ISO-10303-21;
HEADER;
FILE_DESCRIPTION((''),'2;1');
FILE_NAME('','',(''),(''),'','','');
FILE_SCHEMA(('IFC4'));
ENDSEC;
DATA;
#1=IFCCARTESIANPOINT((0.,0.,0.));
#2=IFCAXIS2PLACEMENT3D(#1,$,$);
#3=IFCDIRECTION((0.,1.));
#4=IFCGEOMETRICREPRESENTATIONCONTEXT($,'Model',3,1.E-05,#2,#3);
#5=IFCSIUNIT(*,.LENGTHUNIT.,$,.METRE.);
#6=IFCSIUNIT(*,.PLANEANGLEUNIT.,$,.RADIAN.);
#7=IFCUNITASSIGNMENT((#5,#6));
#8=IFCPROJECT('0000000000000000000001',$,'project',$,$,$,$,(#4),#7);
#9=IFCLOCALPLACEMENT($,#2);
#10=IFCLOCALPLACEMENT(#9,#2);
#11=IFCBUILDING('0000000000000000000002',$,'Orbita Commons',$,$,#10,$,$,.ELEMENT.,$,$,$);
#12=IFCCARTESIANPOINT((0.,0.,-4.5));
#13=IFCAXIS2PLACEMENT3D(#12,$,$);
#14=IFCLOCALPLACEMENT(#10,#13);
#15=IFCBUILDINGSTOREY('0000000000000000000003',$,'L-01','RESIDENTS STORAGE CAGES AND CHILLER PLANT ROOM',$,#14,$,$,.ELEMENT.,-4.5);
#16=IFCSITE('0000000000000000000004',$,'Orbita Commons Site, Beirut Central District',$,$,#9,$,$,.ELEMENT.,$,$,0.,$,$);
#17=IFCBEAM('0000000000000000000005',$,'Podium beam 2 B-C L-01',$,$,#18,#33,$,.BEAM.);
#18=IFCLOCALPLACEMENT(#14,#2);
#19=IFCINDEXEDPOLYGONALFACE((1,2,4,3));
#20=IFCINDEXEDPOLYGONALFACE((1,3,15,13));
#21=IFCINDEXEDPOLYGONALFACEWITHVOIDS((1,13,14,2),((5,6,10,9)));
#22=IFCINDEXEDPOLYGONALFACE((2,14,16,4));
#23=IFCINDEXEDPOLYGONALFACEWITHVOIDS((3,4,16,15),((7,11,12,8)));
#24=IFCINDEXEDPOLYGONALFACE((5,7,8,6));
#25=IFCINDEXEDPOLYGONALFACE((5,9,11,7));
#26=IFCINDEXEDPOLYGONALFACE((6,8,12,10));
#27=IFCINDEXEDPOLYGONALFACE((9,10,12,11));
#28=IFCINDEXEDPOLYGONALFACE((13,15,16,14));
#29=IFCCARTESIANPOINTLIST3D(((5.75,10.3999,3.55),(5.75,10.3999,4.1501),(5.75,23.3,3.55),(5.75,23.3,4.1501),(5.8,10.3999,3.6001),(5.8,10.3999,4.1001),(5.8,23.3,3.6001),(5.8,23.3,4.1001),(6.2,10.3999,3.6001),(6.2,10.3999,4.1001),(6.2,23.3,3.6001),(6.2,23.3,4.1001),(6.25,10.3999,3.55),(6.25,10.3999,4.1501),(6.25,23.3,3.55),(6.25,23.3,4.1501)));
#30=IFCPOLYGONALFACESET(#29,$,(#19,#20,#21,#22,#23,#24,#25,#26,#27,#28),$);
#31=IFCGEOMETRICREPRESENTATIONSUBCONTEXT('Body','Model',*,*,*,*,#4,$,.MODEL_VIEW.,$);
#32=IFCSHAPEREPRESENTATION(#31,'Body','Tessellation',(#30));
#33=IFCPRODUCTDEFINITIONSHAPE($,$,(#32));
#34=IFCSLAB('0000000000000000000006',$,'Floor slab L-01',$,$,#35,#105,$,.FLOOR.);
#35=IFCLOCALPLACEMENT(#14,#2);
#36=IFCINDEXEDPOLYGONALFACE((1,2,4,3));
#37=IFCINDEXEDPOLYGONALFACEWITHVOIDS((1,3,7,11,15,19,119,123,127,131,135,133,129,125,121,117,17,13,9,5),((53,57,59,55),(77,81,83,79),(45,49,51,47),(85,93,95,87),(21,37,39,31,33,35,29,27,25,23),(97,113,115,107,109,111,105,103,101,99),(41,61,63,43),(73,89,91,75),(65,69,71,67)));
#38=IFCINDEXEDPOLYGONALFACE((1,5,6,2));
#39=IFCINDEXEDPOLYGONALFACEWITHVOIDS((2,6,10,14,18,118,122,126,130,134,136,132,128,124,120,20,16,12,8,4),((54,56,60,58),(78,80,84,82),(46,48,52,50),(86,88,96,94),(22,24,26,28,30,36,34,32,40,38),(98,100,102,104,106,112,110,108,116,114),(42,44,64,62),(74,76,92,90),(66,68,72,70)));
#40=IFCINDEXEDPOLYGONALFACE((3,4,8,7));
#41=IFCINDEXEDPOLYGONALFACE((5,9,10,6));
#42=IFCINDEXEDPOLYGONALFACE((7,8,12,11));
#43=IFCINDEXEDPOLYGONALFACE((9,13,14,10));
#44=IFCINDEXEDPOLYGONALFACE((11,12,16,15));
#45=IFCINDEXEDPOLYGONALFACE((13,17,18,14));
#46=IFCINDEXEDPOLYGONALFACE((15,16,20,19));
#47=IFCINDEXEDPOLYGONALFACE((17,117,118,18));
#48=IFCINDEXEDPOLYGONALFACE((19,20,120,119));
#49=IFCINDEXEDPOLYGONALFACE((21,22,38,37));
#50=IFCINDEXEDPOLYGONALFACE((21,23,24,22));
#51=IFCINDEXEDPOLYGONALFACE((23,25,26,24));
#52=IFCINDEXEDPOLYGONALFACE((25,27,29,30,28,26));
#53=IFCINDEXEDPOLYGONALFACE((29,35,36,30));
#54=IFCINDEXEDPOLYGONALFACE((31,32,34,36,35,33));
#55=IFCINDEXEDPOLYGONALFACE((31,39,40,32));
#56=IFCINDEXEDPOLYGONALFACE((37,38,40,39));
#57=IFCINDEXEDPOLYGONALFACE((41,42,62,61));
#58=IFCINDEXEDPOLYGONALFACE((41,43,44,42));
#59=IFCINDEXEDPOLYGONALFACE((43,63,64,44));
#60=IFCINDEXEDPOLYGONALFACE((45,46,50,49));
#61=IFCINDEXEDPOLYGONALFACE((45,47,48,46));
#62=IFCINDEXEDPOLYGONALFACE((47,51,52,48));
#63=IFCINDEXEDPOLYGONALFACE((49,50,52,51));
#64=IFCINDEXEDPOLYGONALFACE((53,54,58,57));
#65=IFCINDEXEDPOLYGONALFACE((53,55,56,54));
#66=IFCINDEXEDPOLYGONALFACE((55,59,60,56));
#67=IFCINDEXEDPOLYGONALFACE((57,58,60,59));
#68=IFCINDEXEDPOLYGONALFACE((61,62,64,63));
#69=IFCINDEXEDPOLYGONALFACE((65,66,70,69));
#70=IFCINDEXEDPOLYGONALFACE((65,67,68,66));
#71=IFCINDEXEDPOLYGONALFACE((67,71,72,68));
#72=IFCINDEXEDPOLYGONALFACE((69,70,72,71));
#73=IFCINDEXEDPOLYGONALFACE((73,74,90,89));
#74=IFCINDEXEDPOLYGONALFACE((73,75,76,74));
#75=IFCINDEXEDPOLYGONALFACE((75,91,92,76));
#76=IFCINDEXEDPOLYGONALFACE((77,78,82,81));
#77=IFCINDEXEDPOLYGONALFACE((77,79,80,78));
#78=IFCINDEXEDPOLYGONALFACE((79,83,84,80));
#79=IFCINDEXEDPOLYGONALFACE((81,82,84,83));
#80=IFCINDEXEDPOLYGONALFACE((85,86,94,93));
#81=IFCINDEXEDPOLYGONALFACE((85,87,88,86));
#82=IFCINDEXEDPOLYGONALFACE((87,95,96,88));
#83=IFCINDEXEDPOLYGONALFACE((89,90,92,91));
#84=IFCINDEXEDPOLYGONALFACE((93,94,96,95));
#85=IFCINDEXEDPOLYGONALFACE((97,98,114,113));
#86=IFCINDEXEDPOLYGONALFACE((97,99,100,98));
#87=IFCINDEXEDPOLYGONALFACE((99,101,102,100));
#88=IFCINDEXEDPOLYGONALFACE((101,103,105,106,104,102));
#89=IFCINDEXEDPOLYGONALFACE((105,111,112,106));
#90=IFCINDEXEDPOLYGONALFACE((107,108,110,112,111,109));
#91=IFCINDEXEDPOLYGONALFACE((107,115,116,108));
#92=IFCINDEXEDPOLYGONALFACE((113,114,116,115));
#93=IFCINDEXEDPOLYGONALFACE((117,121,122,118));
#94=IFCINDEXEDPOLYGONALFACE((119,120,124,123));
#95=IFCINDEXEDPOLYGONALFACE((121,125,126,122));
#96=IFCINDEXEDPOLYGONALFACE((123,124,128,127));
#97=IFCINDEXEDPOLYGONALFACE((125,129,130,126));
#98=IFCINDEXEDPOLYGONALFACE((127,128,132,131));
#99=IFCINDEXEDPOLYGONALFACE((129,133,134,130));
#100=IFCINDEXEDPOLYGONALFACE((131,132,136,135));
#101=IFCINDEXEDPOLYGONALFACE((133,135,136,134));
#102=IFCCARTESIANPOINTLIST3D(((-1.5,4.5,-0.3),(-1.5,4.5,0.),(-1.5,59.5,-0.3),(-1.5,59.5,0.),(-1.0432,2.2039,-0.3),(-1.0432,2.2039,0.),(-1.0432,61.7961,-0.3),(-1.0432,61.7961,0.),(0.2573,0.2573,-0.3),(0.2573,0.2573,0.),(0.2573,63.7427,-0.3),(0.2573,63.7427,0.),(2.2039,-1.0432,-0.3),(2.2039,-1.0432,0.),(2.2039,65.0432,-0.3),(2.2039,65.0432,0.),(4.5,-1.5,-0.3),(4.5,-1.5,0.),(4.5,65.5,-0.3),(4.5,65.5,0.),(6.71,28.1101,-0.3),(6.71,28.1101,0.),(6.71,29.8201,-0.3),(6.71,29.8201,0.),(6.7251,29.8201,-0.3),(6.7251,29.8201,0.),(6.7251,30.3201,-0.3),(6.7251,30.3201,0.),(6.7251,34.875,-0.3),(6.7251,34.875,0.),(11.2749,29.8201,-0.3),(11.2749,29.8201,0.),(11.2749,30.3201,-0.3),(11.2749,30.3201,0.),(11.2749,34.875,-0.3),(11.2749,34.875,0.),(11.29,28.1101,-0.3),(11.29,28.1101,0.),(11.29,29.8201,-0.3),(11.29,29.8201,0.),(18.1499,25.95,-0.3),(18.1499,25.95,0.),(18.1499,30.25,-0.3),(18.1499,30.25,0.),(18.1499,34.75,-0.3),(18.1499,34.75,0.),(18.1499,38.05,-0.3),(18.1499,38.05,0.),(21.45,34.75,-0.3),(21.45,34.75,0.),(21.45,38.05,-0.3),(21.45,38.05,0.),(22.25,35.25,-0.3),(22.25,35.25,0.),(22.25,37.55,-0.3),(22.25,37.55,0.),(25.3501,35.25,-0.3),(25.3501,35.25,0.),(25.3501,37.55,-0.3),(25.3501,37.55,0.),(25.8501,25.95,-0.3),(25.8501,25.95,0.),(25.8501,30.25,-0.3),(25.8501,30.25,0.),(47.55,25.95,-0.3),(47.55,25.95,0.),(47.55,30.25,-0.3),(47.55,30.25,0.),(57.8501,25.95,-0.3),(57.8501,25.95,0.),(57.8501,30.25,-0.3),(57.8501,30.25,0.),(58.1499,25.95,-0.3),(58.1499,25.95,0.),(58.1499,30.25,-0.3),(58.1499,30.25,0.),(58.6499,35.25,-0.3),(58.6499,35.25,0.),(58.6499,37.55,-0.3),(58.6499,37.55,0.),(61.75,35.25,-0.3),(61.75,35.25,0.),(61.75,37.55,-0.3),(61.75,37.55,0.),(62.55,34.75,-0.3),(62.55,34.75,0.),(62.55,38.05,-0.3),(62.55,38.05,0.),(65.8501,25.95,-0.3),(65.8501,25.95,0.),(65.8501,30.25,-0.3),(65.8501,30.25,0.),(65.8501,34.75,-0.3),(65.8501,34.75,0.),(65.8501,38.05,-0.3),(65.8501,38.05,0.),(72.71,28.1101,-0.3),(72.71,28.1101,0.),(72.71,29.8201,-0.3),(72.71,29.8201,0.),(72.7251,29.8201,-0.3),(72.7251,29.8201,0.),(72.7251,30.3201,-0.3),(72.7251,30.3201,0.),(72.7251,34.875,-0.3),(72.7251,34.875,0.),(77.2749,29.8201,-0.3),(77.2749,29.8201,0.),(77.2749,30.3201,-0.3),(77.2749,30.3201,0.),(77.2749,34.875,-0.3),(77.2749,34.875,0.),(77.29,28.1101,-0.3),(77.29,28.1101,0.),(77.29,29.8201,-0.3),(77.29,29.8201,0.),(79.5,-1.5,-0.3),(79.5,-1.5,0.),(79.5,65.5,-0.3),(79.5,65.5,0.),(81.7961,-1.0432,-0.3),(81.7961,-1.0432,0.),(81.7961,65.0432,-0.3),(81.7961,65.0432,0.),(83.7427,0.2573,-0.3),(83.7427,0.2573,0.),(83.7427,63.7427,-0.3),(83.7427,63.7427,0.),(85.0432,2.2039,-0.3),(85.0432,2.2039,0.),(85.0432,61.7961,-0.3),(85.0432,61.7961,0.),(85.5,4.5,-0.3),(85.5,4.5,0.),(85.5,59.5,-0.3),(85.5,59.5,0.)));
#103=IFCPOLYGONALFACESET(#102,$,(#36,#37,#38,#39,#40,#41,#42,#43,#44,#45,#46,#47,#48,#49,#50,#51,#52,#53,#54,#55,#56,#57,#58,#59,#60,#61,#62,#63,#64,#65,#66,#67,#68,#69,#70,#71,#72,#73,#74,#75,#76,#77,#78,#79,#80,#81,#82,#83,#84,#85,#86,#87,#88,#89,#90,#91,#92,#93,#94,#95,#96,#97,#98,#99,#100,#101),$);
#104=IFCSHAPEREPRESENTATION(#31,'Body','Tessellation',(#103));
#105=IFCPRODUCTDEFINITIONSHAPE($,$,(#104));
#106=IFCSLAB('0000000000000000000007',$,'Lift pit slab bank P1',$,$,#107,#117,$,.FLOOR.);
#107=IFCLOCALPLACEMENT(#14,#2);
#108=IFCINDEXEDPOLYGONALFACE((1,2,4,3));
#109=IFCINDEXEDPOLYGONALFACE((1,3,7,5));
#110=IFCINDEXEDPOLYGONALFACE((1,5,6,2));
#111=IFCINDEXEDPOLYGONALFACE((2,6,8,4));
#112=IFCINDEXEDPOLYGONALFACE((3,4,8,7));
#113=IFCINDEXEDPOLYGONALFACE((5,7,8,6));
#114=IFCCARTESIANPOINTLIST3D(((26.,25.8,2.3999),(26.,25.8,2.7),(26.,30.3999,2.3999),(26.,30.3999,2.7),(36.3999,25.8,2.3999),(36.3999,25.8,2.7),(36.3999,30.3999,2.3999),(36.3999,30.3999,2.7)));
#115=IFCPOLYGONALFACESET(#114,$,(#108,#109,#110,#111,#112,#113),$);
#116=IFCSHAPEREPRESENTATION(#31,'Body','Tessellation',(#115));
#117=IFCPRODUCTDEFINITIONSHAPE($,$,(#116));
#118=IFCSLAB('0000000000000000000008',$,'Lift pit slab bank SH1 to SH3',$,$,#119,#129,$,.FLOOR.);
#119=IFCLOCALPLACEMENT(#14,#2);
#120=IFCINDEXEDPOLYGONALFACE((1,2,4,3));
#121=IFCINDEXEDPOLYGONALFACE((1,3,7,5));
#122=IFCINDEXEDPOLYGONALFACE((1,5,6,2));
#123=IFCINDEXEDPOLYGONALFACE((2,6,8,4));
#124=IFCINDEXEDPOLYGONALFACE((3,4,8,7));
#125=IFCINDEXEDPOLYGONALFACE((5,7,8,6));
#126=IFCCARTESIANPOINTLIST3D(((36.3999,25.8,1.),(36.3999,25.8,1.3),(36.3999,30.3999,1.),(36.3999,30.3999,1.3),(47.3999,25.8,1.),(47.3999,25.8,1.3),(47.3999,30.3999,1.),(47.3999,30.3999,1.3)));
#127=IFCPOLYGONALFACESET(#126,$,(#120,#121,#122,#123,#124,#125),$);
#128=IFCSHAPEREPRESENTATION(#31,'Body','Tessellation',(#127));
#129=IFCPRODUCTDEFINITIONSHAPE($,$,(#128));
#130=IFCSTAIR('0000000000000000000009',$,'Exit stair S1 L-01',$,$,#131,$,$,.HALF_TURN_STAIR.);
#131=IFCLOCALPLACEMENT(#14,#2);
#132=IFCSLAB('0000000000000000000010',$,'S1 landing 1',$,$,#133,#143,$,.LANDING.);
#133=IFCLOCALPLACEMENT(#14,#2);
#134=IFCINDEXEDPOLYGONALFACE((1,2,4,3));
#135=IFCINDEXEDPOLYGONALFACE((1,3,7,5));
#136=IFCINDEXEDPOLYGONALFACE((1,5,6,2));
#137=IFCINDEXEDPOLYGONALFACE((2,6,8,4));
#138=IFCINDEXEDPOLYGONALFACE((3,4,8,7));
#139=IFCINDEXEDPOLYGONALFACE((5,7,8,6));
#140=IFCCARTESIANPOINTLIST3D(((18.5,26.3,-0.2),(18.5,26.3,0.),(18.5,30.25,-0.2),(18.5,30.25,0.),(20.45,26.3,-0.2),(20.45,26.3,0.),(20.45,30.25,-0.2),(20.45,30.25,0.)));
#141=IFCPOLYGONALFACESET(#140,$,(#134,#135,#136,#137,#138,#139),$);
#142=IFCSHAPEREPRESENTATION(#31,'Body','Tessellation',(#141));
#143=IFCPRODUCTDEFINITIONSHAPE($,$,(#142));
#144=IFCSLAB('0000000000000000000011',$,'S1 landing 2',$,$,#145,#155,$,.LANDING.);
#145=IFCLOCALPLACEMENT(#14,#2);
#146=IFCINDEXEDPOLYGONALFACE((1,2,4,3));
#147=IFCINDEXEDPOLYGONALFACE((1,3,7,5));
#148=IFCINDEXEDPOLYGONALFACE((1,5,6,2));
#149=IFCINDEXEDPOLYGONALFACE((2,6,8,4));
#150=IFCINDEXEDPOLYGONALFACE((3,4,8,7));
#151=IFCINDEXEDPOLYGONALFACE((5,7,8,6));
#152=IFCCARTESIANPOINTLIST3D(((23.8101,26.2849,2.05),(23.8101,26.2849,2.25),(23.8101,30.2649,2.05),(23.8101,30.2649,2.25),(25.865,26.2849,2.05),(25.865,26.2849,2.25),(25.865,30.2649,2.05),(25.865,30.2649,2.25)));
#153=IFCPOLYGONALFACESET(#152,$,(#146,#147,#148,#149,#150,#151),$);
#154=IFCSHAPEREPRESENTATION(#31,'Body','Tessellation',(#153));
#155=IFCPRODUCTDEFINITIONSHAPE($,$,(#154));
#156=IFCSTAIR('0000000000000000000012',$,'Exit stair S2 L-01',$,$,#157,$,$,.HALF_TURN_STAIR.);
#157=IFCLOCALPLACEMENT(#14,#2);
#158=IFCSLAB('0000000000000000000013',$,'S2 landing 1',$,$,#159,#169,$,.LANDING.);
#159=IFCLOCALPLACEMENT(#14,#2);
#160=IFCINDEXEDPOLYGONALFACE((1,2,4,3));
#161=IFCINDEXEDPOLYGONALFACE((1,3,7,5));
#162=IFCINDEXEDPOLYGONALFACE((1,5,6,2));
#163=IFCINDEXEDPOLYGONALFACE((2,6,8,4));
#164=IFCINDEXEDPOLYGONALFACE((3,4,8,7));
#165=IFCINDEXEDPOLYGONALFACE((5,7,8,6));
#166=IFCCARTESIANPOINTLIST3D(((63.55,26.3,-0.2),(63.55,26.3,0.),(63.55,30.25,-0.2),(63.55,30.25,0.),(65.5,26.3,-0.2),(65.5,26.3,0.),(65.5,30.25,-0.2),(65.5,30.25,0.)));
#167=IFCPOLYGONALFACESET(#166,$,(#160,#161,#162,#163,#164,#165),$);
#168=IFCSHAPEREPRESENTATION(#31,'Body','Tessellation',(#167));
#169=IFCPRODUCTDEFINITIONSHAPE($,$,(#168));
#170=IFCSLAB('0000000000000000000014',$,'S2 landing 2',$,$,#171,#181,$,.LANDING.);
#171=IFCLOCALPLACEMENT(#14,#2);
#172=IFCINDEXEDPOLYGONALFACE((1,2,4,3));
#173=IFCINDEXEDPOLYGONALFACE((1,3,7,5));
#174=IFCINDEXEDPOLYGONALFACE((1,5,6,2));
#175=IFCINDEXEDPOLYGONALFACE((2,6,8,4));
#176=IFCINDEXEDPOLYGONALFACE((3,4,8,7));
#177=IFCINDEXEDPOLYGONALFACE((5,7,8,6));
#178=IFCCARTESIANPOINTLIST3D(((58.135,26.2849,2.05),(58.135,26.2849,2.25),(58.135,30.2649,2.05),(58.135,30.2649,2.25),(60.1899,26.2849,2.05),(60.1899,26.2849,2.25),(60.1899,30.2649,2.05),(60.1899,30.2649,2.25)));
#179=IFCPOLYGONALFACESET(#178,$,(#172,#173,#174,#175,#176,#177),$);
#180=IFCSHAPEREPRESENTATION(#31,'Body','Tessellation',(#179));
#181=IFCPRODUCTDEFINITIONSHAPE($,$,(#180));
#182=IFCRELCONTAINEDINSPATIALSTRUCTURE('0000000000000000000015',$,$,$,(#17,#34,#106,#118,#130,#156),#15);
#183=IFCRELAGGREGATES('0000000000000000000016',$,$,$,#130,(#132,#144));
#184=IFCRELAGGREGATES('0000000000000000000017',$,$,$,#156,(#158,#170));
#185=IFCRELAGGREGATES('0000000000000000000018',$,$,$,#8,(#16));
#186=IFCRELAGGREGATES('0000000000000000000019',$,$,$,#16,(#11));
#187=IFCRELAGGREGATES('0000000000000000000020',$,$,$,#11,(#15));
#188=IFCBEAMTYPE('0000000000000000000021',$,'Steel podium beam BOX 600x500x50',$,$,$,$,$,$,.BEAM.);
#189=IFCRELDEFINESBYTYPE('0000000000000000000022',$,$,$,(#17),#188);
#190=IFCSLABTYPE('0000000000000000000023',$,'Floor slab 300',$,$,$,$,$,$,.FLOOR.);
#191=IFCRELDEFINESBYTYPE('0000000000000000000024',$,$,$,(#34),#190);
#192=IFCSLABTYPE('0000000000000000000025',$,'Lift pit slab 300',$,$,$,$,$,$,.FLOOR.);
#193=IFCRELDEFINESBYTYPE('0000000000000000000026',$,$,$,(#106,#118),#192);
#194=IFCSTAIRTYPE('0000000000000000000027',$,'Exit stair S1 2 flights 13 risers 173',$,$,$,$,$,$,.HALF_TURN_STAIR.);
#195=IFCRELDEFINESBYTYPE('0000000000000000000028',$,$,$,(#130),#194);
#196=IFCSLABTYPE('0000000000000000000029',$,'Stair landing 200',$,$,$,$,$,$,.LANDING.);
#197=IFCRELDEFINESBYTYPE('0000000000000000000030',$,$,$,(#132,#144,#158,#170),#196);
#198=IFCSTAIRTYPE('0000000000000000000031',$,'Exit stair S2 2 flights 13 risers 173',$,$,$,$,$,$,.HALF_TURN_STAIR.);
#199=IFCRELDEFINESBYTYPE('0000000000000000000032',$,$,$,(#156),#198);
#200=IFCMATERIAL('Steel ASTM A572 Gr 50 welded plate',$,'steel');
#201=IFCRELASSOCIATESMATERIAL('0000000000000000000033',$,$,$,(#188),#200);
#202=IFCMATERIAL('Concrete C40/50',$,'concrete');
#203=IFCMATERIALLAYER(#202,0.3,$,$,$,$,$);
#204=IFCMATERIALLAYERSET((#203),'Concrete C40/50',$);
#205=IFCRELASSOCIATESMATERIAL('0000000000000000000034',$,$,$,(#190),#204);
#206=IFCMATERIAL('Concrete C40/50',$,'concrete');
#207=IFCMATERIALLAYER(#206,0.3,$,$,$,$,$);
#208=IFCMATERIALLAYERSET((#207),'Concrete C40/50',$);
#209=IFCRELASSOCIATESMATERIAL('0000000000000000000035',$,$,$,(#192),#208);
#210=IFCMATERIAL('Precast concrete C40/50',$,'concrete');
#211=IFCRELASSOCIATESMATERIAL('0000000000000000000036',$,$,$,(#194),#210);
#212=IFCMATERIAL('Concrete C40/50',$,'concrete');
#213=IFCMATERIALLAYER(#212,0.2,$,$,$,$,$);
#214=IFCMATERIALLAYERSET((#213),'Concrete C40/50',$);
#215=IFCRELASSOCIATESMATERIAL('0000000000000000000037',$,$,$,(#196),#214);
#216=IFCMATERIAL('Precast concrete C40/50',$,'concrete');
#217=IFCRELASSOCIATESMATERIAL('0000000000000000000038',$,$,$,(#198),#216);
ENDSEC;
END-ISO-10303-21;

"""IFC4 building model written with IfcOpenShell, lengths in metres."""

from ifc_helpers import new_model, si_unit, direction, frame, origin, origin_2d, place, context, subcontext, project, spatial, polyline, hollow_rectangle, outline, extrude, material, layer, layer_set, material_profile, profile_set, type_object, element, aggregate, save


model = new_model("IFC4")

# Units and contexts
model_context = context("Model", 3, precision=1e-05, world=origin(), true_north=direction((0.0, 1.0)))
body_context = subcontext(model_context, "Body", "Model", "MODEL_VIEW")
ifc_project = project(units=[si_unit("LENGTHUNIT", "METRE"), si_unit("PLANEANGLEUNIT", "RADIAN")], contexts=[model_context])

# Site, building, storey
site_placement = place(None, origin())
site = spatial("IfcSite", under=ifc_project, at=site_placement, Name="Orbita Commons Site, Beirut Central District", CompositionType="ELEMENT", RefElevation=0.0)
building_placement = place(site_placement, origin())
building = spatial("IfcBuilding", under=site, at=building_placement, Name="Orbita Commons", CompositionType="ELEMENT")
storey_placement = place(building_placement, frame((0.0, 0.0, -4.5)))
storey = spatial("IfcBuildingStorey", under=building, at=storey_placement, Name="L-01", Description="RESIDENTS STORAGE CAGES AND CHILLER PLANT ROOM", CompositionType="ELEMENT", Elevation=-4.5)

# Beam
ifc_material_1 = material(Name="Steel ASTM A572 Gr 50 welded plate", Category="steel")
ifc_material_profile_1 = material_profile(ifc_material_1, hollow_rectangle(XDim=0.5, YDim=0.6001, WallThickness=0.05, at=origin_2d()), Name="BOX 600x500x50")
ifc_profile_set_1 = profile_set([ifc_material_profile_1], Name="Steel ASTM A572 Gr 50 welded plate")
beam_type_1 = type_object("IfcBeamType", Name="Steel podium beam BOX 600x500x50", PredefinedType="BEAM", material=ifc_profile_set_1)
beam_1_placement = place(storey_placement, frame((6.0, 10.3999, 3.8501), z_axis=(0.0, 1.0, 0.0), x_axis=(-1.0, 0.0, 0.0)))
element("IfcBeam", 1, at=beam_1_placement, inside=storey, type_object=beam_type_1, Name="Podium beam 2 B-C L-01", PredefinedType="BEAM", context=body_context, shape_type="SweptSolid", body=[
    extrude(hollow_rectangle(XDim=0.5, YDim=0.6001, WallThickness=0.05, at=origin_2d()), origin(), (0.0, 0.0, 1.0), 12.9001),
])

# Slabs
ifc_material_2 = material(Name="Concrete C40/50", Category="concrete")
ifc_layer_1 = layer(ifc_material_2, 0.3)
ifc_layer_set_1 = layer_set([ifc_layer_1], Name="Concrete C40/50")
slab_type_1 = type_object("IfcSlabType", Name="Floor slab 300", PredefinedType="FLOOR", material=ifc_layer_set_1)
slab_1_placement = place(storey_placement, frame((0.0, 0.0, -0.3)))
element("IfcSlab", 2, at=slab_1_placement, inside=storey, type_object=slab_type_1, Name="Floor slab L-01", PredefinedType="FLOOR", context=body_context, shape_type="SweptSolid", body=[
    extrude(outline(polyline([(79.5, -1.5), (81.7961, -1.0432), (83.7427, 0.2573), (85.0432, 2.2039), (85.5, 4.5), (85.5, 59.5), (85.0432, 61.7961), (83.7427, 63.7427), (81.7961, 65.0432), (79.5, 65.5), (4.5, 65.5), (2.2039, 65.0432), (0.2573, 63.7427), (-1.0432, 61.7961), (-1.5, 59.5), (-1.5, 4.5), (-1.0432, 2.2039), (0.2573, 0.2573), (2.2039, -1.0432), (4.5, -1.5), (79.5, -1.5)]), holes=[polyline([(18.1499, 25.95), (25.8501, 25.95), (25.8501, 30.25), (18.1499, 30.25), (18.1499, 25.95)]), polyline([(58.1499, 25.95), (65.8501, 25.95), (65.8501, 30.25), (58.1499, 30.25), (58.1499, 25.95)]), polyline([(18.1499, 34.75), (21.45, 34.75), (21.45, 38.05), (18.1499, 38.05), (18.1499, 34.75)]), polyline([(62.55, 34.75), (65.8501, 34.75), (65.8501, 38.05), (62.55, 38.05), (62.55, 34.75)]), polyline([(22.25, 35.25), (25.3501, 35.25), (25.3501, 37.55), (22.25, 37.55), (22.25, 35.25)]), polyline([(58.6499, 35.25), (61.75, 35.25), (61.75, 37.55), (58.6499, 37.55), (58.6499, 35.25)]), polyline([(47.55, 25.95), (57.8501, 25.95), (57.8501, 30.25), (47.55, 30.25), (47.55, 25.95)]), polyline([(11.29, 28.1101), (6.71, 28.1101), (6.71, 29.8201), (6.7251, 29.8201), (6.7251, 30.3201), (6.7251, 34.875), (11.2749, 34.875), (11.2749, 30.3201), (11.2749, 29.8201), (11.29, 29.8201), (11.29, 28.1101)]), polyline([(77.29, 28.1101), (72.71, 28.1101), (72.71, 29.8201), (72.7251, 29.8201), (72.7251, 30.3201), (72.7251, 34.875), (77.2749, 34.875), (77.2749, 30.3201), (77.2749, 29.8201), (77.29, 29.8201), (77.29, 28.1101)])]), origin(), (0.0, 0.0, 1.0), 0.3),
])
ifc_material_3 = material(Name="Concrete C40/50", Category="concrete")
ifc_layer_2 = layer(ifc_material_3, 0.3)
ifc_layer_set_2 = layer_set([ifc_layer_2], Name="Concrete C40/50")
slab_type_2 = type_object("IfcSlabType", Name="Lift pit slab 300", PredefinedType="FLOOR", material=ifc_layer_set_2)
slab_2_placement = place(storey_placement, frame((0.0, 0.0, 2.3999)))
element("IfcSlab", 3, at=slab_2_placement, inside=storey, type_object=slab_type_2, Name="Lift pit slab bank P1", PredefinedType="FLOOR", context=body_context, shape_type="SweptSolid", body=[
    extrude(outline(polyline([(26.0, 25.8), (36.3999, 25.8), (36.3999, 30.3999), (26.0, 30.3999), (26.0, 25.8)])), origin(), (0.0, 0.0, 1.0), 0.3),
])
slab_3_placement = place(storey_placement, frame((0.0, 0.0, 1.0)))
element("IfcSlab", 4, at=slab_3_placement, inside=storey, type_object=slab_type_2, Name="Lift pit slab bank SH1 to SH3", PredefinedType="FLOOR", context=body_context, shape_type="SweptSolid", body=[
    extrude(outline(polyline([(36.3999, 25.8), (47.3999, 25.8), (47.3999, 30.3999), (36.3999, 30.3999), (36.3999, 25.8)])), origin(), (0.0, 0.0, 1.0), 0.3),
])

# Stairs, slabs
ifc_material_4 = material(Name="Precast concrete C40/50", Category="concrete")
stair_type_1 = type_object("IfcStairType", Name="Exit stair S1 2 flights 13 risers 173", PredefinedType="HALF_TURN_STAIR", material=ifc_material_4)
stair_1_placement = place(storey_placement, origin())
stair_1 = element("IfcStair", 5, at=stair_1_placement, inside=storey, type_object=stair_type_1, Name="Exit stair S1 L-01", PredefinedType="HALF_TURN_STAIR")
ifc_material_5 = material(Name="Concrete C40/50", Category="concrete")
ifc_layer_3 = layer(ifc_material_5, 0.2)
ifc_layer_set_3 = layer_set([ifc_layer_3], Name="Concrete C40/50")
slab_type_3 = type_object("IfcSlabType", Name="Stair landing 200", PredefinedType="LANDING", material=ifc_layer_set_3)
slab_4_placement = place(storey_placement, frame((0.0, 0.0, -0.2)))
slab_4 = element("IfcSlab", 6, at=slab_4_placement, type_object=slab_type_3, Name="S1 landing 1", PredefinedType="LANDING", context=body_context, shape_type="SweptSolid", body=[
    extrude(outline(polyline([(18.5, 26.3), (20.45, 26.3), (20.45, 30.25), (18.5, 30.25), (18.5, 26.3)])), origin(), (0.0, 0.0, 1.0), 0.2),
])
slab_5_placement = place(storey_placement, frame((0.0, 0.0, 2.05)))
slab_5 = element("IfcSlab", 7, at=slab_5_placement, type_object=slab_type_3, Name="S1 landing 2", PredefinedType="LANDING", context=body_context, shape_type="SweptSolid", body=[
    extrude(outline(polyline([(23.8101, 26.2849), (25.865, 26.2849), (25.865, 30.2649), (23.8101, 30.2649), (23.8101, 26.2849)])), origin(), (0.0, 0.0, 1.0), 0.2),
])
aggregate(stair_1, [slab_4, slab_5])
ifc_material_6 = material(Name="Precast concrete C40/50", Category="concrete")
stair_type_2 = type_object("IfcStairType", Name="Exit stair S2 2 flights 13 risers 173", PredefinedType="HALF_TURN_STAIR", material=ifc_material_6)
stair_2_placement = place(storey_placement, origin())
stair_2 = element("IfcStair", 8, at=stair_2_placement, inside=storey, type_object=stair_type_2, Name="Exit stair S2 L-01", PredefinedType="HALF_TURN_STAIR")
slab_6_placement = place(storey_placement, frame((0.0, 0.0, -0.2)))
slab_6 = element("IfcSlab", 9, at=slab_6_placement, type_object=slab_type_3, Name="S2 landing 1", PredefinedType="LANDING", context=body_context, shape_type="SweptSolid", body=[
    extrude(outline(polyline([(63.55, 26.3), (65.5, 26.3), (65.5, 30.25), (63.55, 30.25), (63.55, 26.3)])), origin(), (0.0, 0.0, 1.0), 0.2),
])
slab_7_placement = place(storey_placement, frame((0.0, 0.0, 2.05)))
slab_7 = element("IfcSlab", 10, at=slab_7_placement, type_object=slab_type_3, Name="S2 landing 2", PredefinedType="LANDING", context=body_context, shape_type="SweptSolid", body=[
    extrude(outline(polyline([(58.135, 26.2849), (60.1899, 26.2849), (60.1899, 30.2649), (58.135, 30.2649), (58.135, 26.2849)])), origin(), (0.0, 0.0, 1.0), 0.2),
])
aggregate(stair_2, [slab_6, slab_7])

save(model, "model.ifc")
